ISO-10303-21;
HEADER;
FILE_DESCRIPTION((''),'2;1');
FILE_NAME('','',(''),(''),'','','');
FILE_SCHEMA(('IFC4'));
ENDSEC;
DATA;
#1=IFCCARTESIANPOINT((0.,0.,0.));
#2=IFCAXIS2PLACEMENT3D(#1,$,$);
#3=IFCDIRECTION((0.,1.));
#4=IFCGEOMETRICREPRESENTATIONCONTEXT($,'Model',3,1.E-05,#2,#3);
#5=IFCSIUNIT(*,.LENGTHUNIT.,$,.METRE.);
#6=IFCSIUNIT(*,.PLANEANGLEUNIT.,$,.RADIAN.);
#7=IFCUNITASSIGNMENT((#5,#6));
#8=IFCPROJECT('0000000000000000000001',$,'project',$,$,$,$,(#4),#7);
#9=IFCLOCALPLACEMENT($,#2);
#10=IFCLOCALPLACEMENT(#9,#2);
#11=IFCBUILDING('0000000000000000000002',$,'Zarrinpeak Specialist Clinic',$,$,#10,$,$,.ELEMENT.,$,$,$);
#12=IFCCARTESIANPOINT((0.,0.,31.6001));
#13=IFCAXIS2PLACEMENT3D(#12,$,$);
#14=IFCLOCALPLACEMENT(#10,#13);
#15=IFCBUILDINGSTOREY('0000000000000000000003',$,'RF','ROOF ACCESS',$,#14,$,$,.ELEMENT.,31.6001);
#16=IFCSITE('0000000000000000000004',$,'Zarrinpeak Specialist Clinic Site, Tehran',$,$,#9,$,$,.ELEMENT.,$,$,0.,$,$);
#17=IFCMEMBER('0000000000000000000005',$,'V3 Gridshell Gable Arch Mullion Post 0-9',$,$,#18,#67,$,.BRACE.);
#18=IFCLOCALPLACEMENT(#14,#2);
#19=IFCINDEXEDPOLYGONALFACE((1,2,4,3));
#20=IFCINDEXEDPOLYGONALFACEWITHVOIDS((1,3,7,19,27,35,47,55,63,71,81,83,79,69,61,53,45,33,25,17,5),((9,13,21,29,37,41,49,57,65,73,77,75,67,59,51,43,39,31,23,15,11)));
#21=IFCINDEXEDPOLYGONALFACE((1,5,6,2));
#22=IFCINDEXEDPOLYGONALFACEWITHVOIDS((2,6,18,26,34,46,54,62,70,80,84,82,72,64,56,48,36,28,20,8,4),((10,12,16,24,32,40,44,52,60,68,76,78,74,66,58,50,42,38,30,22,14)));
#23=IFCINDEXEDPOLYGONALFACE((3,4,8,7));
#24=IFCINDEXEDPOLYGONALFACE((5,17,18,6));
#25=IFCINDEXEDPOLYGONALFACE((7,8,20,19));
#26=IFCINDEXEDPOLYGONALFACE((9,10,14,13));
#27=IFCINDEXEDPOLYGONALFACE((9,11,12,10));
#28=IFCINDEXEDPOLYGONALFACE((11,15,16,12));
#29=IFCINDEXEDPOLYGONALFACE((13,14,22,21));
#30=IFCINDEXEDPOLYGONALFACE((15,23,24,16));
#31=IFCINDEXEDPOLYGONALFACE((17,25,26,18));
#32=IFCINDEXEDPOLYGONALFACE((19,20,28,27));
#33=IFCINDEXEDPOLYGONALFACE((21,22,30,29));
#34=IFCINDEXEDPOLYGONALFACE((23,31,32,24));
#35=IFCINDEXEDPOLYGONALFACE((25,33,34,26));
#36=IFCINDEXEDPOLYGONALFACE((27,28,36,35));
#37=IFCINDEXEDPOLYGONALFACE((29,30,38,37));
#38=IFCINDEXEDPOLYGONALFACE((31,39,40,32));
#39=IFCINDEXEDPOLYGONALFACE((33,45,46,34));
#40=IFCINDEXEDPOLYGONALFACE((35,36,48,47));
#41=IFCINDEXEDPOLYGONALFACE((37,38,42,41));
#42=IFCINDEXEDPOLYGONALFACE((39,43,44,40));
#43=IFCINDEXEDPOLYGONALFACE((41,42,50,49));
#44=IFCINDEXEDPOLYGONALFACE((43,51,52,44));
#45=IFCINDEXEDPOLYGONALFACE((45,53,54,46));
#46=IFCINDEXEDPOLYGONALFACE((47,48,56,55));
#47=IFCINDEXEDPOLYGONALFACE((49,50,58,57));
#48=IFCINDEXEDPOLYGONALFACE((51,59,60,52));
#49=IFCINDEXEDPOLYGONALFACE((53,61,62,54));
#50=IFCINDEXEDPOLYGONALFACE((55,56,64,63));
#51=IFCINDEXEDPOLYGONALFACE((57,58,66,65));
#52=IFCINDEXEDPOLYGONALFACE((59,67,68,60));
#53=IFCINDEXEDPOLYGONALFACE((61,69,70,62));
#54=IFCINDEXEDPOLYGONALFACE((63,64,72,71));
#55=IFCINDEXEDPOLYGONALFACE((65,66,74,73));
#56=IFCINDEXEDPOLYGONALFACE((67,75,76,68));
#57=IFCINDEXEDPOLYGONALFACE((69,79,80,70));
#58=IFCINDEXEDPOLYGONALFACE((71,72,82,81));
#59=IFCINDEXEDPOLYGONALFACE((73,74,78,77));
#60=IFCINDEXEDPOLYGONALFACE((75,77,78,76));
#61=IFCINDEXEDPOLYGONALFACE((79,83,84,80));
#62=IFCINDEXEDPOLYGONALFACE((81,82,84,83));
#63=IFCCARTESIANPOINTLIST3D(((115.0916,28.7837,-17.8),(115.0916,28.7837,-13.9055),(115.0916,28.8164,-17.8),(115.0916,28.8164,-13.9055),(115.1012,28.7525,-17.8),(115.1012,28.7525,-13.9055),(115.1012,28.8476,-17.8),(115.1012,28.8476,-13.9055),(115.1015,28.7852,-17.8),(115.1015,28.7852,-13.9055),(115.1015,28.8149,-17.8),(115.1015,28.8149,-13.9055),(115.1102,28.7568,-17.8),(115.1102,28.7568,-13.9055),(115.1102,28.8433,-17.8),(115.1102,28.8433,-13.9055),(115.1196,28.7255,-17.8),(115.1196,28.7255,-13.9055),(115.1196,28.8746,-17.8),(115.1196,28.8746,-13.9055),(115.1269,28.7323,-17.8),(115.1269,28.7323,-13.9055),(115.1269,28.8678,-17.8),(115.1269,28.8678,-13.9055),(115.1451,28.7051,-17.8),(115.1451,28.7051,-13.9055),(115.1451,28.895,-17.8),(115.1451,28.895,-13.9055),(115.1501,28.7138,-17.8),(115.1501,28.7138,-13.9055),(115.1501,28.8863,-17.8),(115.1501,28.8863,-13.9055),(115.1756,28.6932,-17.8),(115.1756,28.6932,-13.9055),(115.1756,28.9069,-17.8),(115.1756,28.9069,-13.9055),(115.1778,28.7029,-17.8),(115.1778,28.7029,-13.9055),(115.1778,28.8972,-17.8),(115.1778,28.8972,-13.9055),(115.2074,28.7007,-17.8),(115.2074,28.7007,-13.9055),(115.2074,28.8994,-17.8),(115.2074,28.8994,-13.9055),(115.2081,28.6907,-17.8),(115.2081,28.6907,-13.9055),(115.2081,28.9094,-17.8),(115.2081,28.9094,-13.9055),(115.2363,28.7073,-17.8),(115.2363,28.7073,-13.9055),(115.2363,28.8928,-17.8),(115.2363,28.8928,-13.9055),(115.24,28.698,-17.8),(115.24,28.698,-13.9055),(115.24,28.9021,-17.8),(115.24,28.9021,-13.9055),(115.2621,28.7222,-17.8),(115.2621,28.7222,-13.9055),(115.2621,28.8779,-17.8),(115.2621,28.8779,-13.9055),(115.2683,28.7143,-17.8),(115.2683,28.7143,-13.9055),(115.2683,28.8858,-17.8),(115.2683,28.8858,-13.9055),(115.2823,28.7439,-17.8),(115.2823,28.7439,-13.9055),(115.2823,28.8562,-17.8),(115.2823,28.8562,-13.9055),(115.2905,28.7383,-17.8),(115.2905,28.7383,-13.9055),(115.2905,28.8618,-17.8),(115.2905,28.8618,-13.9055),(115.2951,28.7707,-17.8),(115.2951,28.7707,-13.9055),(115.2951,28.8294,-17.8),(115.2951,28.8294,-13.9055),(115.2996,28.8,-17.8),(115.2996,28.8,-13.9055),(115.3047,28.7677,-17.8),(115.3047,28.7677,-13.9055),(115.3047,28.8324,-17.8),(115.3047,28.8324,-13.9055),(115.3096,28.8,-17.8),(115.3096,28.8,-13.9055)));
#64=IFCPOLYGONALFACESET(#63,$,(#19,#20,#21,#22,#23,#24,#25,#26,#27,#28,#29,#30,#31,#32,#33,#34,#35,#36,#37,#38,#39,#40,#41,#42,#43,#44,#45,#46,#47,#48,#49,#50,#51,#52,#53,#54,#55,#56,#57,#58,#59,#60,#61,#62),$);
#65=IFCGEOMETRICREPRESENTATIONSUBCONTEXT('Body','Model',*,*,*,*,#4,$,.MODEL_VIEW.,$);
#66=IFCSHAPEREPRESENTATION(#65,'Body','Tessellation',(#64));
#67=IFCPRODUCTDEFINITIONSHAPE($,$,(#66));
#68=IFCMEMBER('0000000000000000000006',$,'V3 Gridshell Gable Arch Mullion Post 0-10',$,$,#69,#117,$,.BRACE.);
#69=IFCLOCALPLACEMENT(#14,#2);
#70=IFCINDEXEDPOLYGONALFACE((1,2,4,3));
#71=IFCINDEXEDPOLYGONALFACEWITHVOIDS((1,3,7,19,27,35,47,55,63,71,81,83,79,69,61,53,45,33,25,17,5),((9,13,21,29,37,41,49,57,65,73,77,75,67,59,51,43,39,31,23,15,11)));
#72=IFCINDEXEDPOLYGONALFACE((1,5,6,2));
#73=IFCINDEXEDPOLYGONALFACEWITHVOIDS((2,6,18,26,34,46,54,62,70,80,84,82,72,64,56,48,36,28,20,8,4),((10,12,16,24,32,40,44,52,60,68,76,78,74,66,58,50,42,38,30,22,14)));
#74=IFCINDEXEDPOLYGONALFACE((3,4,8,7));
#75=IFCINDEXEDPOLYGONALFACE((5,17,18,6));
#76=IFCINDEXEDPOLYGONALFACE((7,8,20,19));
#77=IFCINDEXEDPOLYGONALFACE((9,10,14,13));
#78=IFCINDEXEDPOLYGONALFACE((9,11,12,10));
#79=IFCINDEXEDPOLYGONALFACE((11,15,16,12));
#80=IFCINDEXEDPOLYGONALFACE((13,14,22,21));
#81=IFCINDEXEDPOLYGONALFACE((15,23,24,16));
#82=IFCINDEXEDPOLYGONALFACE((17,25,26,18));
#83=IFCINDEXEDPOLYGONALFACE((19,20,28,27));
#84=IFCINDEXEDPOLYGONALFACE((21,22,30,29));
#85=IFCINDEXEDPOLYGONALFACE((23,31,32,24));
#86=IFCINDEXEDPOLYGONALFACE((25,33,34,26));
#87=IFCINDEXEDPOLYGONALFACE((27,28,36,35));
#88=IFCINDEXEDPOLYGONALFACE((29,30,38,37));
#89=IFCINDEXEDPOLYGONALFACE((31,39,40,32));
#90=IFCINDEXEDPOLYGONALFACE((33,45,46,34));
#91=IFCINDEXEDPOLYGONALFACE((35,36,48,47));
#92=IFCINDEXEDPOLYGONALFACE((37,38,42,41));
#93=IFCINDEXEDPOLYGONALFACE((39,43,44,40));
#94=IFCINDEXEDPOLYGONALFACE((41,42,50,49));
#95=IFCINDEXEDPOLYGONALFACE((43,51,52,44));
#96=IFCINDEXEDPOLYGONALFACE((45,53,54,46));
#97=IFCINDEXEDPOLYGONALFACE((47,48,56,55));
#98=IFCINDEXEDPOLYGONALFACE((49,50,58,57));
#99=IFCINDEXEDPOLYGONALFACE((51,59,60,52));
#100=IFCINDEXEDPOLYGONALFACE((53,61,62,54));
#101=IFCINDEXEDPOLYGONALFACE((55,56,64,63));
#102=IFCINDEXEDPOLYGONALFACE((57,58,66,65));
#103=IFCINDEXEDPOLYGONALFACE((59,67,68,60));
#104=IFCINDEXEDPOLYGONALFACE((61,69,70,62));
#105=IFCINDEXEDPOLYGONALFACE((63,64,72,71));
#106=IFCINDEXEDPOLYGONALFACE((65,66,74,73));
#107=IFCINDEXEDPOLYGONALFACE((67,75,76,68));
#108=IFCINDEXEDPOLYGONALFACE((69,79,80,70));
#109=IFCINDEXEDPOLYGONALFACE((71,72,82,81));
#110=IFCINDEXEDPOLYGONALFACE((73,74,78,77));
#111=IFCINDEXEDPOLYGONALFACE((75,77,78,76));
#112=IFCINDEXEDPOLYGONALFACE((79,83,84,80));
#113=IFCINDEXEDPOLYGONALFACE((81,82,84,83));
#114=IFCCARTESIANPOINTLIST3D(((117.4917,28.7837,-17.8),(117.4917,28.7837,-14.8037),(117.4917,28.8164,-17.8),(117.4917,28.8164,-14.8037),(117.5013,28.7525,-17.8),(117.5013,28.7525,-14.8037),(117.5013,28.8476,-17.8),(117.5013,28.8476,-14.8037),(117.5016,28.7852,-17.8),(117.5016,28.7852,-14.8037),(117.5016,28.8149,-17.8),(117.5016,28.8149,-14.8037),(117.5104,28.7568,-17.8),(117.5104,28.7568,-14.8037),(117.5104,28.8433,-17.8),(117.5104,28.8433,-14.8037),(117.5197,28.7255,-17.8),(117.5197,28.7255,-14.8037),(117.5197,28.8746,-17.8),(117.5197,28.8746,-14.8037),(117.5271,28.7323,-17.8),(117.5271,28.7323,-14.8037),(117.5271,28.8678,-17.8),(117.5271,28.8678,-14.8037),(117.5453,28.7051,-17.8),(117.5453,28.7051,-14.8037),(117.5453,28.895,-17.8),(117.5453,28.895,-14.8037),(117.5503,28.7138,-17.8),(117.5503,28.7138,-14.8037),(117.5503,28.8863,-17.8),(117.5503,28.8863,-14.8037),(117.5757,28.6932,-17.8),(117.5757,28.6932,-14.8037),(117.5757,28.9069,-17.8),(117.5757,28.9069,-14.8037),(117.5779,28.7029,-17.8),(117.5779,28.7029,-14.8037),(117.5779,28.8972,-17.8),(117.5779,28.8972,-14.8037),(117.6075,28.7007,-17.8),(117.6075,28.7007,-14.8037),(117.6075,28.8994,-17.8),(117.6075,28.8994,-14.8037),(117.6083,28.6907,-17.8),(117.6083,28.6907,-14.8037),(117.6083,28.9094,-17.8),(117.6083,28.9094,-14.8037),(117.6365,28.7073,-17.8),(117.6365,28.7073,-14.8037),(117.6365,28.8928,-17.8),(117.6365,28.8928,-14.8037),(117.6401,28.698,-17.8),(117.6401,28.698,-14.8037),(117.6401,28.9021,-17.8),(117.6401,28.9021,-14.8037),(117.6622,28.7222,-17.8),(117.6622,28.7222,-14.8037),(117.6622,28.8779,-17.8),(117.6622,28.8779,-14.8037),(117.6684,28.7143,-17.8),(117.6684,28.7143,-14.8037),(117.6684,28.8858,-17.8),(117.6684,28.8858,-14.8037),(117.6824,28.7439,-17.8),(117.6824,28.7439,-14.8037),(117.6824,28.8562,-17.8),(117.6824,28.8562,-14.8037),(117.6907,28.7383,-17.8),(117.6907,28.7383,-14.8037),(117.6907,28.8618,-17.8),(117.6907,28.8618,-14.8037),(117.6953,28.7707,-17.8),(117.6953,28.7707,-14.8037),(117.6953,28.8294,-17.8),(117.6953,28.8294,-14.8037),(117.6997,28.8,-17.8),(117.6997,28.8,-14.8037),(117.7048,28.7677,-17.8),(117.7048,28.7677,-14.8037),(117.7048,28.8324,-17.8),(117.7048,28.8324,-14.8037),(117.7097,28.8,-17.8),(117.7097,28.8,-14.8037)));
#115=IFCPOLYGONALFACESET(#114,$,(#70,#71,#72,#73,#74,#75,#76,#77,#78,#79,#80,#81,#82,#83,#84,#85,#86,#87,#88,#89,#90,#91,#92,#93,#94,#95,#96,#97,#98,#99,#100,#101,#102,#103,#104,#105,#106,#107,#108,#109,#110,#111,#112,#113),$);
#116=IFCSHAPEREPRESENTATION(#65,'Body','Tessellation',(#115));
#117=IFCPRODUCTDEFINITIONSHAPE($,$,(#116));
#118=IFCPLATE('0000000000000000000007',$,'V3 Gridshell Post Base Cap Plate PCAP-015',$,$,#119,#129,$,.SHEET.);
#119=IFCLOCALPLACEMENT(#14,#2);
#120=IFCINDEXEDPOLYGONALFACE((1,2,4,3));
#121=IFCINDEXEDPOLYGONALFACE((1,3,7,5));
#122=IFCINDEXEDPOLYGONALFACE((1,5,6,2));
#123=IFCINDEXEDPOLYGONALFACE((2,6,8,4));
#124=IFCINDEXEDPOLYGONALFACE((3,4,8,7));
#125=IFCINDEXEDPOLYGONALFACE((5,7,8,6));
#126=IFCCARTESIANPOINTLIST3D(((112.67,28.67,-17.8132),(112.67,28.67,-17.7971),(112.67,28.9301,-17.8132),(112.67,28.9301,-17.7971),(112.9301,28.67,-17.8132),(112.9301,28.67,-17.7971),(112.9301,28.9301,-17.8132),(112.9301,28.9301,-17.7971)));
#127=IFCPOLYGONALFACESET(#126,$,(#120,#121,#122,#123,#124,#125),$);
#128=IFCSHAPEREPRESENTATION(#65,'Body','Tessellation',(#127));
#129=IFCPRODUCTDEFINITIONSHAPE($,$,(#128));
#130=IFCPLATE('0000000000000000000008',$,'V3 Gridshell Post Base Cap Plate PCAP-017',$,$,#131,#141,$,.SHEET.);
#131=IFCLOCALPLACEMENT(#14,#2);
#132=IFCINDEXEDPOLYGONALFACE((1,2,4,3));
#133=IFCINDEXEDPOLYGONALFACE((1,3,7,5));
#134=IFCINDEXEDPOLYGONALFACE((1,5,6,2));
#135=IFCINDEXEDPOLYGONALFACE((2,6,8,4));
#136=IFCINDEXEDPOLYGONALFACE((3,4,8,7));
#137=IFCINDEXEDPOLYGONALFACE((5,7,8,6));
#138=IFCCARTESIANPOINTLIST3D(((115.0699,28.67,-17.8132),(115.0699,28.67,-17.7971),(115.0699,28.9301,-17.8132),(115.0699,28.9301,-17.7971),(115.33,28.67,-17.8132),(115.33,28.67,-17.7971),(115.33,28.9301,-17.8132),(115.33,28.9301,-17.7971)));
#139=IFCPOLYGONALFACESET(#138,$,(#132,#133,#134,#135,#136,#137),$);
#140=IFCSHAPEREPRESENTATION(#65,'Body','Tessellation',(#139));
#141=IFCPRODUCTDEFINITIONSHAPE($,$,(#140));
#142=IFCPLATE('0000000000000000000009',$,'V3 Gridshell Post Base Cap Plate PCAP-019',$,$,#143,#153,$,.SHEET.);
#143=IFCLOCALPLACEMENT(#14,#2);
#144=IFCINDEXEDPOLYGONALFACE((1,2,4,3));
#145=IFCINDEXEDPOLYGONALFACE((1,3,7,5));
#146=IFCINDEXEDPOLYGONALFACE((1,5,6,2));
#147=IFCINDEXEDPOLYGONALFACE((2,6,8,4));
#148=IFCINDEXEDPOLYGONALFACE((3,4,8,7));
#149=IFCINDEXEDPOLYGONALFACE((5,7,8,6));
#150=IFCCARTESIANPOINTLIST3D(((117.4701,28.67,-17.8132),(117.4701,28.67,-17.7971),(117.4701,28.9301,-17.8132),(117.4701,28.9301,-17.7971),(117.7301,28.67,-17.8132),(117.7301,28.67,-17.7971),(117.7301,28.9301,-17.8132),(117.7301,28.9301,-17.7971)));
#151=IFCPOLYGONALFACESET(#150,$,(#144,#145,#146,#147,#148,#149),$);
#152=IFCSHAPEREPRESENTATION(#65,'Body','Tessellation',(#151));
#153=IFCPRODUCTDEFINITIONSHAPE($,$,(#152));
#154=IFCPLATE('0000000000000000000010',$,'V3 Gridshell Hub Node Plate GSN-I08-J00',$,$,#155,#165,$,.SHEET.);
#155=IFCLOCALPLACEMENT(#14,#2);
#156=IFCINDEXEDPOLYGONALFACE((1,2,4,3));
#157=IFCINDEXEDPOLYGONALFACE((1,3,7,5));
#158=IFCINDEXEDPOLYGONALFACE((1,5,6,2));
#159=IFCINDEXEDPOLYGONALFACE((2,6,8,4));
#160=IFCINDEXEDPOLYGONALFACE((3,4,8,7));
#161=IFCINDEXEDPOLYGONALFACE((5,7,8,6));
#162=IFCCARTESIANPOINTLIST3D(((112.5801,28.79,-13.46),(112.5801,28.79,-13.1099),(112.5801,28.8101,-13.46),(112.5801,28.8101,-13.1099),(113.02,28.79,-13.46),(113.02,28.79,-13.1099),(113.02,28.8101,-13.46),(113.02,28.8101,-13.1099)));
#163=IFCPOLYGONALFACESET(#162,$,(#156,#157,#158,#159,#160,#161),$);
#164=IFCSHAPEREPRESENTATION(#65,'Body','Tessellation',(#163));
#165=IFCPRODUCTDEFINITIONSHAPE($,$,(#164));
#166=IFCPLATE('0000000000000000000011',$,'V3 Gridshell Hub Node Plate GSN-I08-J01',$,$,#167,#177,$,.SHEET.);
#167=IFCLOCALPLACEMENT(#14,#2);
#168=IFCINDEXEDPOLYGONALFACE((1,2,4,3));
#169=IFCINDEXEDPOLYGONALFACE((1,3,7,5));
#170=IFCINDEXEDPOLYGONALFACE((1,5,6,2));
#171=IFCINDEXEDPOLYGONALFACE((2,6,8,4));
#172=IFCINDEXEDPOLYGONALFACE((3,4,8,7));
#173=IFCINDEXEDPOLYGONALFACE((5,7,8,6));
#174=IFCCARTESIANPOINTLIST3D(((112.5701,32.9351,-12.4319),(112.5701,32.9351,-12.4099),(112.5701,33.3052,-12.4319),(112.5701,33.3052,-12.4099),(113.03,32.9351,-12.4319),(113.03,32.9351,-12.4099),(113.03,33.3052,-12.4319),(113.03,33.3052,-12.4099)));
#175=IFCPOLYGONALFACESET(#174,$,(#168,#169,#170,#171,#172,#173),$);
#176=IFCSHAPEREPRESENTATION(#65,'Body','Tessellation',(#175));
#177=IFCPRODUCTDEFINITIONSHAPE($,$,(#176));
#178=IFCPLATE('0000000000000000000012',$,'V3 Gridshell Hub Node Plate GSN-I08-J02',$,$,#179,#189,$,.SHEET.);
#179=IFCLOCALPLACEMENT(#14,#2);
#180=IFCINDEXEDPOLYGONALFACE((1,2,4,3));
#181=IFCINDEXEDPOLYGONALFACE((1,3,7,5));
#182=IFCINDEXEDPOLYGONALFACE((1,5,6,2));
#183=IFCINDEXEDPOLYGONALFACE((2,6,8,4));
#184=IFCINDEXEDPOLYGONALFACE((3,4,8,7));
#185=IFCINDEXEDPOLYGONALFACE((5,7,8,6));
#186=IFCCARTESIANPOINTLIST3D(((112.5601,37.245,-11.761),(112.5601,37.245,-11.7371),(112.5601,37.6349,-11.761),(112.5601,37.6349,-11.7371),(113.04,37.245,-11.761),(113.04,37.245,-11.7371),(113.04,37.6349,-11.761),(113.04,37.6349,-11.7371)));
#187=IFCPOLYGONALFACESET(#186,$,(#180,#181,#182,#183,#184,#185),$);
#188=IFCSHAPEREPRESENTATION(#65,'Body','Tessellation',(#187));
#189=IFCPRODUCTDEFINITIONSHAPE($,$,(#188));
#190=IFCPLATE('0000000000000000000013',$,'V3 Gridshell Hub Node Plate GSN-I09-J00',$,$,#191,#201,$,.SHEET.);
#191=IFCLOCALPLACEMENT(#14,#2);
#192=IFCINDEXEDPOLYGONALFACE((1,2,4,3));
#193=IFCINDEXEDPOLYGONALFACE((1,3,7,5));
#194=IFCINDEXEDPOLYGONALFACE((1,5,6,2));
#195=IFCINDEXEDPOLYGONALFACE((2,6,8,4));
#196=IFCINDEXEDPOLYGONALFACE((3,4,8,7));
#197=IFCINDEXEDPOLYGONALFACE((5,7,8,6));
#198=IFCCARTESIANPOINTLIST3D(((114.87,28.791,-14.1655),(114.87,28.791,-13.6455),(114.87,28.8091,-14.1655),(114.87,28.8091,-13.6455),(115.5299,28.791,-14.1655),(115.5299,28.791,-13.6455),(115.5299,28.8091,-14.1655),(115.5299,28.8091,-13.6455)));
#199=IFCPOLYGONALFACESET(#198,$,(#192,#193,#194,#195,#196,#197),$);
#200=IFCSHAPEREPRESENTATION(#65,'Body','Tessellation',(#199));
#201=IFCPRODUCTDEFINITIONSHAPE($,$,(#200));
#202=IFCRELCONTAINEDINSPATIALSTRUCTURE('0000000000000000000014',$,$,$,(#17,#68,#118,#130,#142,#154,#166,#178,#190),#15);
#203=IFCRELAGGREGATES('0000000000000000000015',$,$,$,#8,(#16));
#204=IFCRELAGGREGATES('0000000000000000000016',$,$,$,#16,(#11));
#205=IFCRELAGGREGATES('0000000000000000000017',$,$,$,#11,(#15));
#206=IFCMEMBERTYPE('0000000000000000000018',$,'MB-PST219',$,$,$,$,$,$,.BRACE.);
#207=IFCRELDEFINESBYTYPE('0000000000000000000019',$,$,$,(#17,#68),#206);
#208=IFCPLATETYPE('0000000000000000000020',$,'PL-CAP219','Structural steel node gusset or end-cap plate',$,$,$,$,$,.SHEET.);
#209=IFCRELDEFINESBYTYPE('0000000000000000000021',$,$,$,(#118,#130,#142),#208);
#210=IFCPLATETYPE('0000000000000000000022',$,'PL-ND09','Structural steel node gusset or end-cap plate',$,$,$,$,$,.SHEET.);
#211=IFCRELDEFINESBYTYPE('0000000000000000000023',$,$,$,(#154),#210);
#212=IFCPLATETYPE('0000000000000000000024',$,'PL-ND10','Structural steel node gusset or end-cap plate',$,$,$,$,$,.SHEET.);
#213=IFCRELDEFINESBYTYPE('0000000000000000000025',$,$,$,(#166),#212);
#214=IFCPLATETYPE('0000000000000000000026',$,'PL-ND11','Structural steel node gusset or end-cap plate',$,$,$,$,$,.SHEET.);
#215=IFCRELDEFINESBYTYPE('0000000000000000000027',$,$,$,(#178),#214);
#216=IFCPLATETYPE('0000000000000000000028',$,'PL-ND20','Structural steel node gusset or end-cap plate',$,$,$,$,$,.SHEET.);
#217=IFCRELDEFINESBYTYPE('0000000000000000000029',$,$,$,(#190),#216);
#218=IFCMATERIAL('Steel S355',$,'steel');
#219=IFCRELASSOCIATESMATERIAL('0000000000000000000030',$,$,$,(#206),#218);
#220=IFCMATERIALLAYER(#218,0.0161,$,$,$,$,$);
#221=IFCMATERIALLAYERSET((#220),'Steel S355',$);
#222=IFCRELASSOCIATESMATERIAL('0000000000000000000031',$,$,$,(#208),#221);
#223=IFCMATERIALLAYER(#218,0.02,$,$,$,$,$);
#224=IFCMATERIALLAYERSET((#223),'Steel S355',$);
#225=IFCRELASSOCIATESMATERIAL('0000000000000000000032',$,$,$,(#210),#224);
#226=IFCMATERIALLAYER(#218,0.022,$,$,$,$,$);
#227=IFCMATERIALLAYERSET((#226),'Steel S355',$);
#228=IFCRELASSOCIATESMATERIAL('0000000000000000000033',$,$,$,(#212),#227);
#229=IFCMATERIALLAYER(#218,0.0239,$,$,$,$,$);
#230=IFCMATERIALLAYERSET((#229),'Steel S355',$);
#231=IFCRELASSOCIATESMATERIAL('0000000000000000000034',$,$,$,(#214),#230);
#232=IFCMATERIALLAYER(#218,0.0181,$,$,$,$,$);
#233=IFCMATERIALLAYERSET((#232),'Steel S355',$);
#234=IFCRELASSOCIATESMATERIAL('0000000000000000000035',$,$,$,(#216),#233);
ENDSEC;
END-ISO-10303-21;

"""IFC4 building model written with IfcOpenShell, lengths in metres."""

from ifc_helpers import new_model, si_unit, direction, frame, origin, origin_2d, place, context, subcontext, project, spatial, rectangle, hollow_circle, extrude, material, layer, layer_set, material_profile, profile_set, type_object, element, save


model = new_model("IFC4")

# Units and contexts
model_context = context("Model", 3, precision=1e-05, world=origin(), true_north=direction((0.0, 1.0)))
body_context = subcontext(model_context, "Body", "Model", "MODEL_VIEW")
ifc_project = project(units=[si_unit("LENGTHUNIT", "METRE"), si_unit("PLANEANGLEUNIT", "RADIAN")], contexts=[model_context])

# Site, building, storey
site_placement = place(None, origin())
site = spatial("IfcSite", under=ifc_project, at=site_placement, Name="Zarrinpeak Specialist Clinic Site, Tehran", CompositionType="ELEMENT", RefElevation=0.0)
building_placement = place(site_placement, origin())
building = spatial("IfcBuilding", under=site, at=building_placement, Name="Zarrinpeak Specialist Clinic", CompositionType="ELEMENT")
storey_placement = place(building_placement, frame((0.0, 0.0, 31.6001)))
storey = spatial("IfcBuildingStorey", under=building, at=storey_placement, Name="RF", Description="ROOF ACCESS", CompositionType="ELEMENT", Elevation=31.6001)

# Members
ifc_material_1 = material(Name="Steel S355", Category="steel")
ifc_material_profile_1 = material_profile(ifc_material_1, hollow_circle(Radius=0.1096, WallThickness=0.01, at=origin_2d()), Name="CHS 219.1x10.0")
ifc_profile_set_1 = profile_set([ifc_material_profile_1], Name="Steel S355")
member_type_1 = type_object("IfcMemberType", Name="MB-PST219", PredefinedType="BRACE", material=ifc_profile_set_1)
member_1_placement = place(storey_placement, frame((115.2, 28.8, -17.8), z_axis=(0.0, 0.0, 1.0), x_axis=(1.0, 0.0, 0.0)))
element("IfcMember", 1, at=member_1_placement, inside=storey, type_object=member_type_1, Name="V3 Gridshell Gable Arch Mullion Post 0-9", PredefinedType="BRACE", context=body_context, shape_type="SweptSolid", body=[
    extrude(hollow_circle(Radius=0.1096, WallThickness=0.01, at=origin_2d()), origin(), (0.0, 0.0, 1.0), 3.8945),
])
member_2_placement = place(storey_placement, frame((117.6001, 28.8, -17.8), z_axis=(0.0, 0.0, 1.0), x_axis=(1.0, 0.0, 0.0)))
element("IfcMember", 2, at=member_2_placement, inside=storey, type_object=member_type_1, Name="V3 Gridshell Gable Arch Mullion Post 0-10", PredefinedType="BRACE", context=body_context, shape_type="SweptSolid", body=[
    extrude(hollow_circle(Radius=0.1096, WallThickness=0.01, at=origin_2d()), origin(), (0.0, 0.0, 1.0), 2.9963),
])

# Plates
ifc_layer_1 = layer(ifc_material_1, 0.0161)
ifc_layer_set_1 = layer_set([ifc_layer_1], Name="Steel S355")
plate_type_1 = type_object("IfcPlateType", Name="PL-CAP219", Description="Structural steel node gusset or end-cap plate", PredefinedType="SHEET", material=ifc_layer_set_1)
for number, where, z_axis, x_axis, name in (
    (3, (112.8, 28.8, -17.8132), (0.0, 0.0, 1.0), (1.0, 0.0, 0.0), "V3 Gridshell Post Base Cap Plate PCAP-015"),
    (4, (115.2, 28.8, -17.8132), (0.0, 0.0, 1.0), (1.0, 0.0, 0.0), "V3 Gridshell Post Base Cap Plate PCAP-017"),
    (5, (117.6001, 28.8, -17.8132), (0.0, 0.0, 1.0), (1.0, 0.0, 0.0), "V3 Gridshell Post Base Cap Plate PCAP-019"),
):
    element("IfcPlate", number, at=place(storey_placement, frame(where, z_axis=z_axis, x_axis=x_axis)), inside=storey, type_object=plate_type_1, Name=name, PredefinedType="SHEET", context=body_context, shape_type="SweptSolid", body=[
        extrude(rectangle(XDim=0.26, YDim=0.26, at=origin_2d()), origin(), (0.0, 0.0, 1.0), 0.0161),
    ])
ifc_layer_2 = layer(ifc_material_1, 0.02)
ifc_layer_set_2 = layer_set([ifc_layer_2], Name="Steel S355")
plate_type_2 = type_object("IfcPlateType", Name="PL-ND09", Description="Structural steel node gusset or end-cap plate", PredefinedType="SHEET", material=ifc_layer_set_2)
plate_1_placement = place(storey_placement, frame((112.8, 28.8, -13.46), z_axis=(0.0, 0.0, 1.0), x_axis=(1.0, 0.0, 0.0)))
element("IfcPlate", 6, at=plate_1_placement, inside=storey, type_object=plate_type_2, Name="V3 Gridshell Hub Node Plate GSN-I08-J00", PredefinedType="SHEET", context=body_context, shape_type="SweptSolid", body=[
    extrude(rectangle(XDim=0.4399, YDim=0.02, at=origin_2d()), origin(), (0.0, 0.0, 1.0), 0.3501),
])
ifc_layer_3 = layer(ifc_material_1, 0.022)
ifc_layer_set_3 = layer_set([ifc_layer_3], Name="Steel S355")
plate_type_3 = type_object("IfcPlateType", Name="PL-ND10", Description="Structural steel node gusset or end-cap plate", PredefinedType="SHEET", material=ifc_layer_set_3)
plate_2_placement = place(storey_placement, frame((112.8, 33.1201, -12.4319), z_axis=(0.0, 0.0, 1.0), x_axis=(1.0, 0.0, 0.0)))
element("IfcPlate", 7, at=plate_2_placement, inside=storey, type_object=plate_type_3, Name="V3 Gridshell Hub Node Plate GSN-I08-J01", PredefinedType="SHEET", context=body_context, shape_type="SweptSolid", body=[
    extrude(rectangle(XDim=0.46, YDim=0.3701, at=origin_2d()), origin(), (0.0, 0.0, 1.0), 0.022),
])
ifc_layer_4 = layer(ifc_material_1, 0.0239)
ifc_layer_set_4 = layer_set([ifc_layer_4], Name="Steel S355")
plate_type_4 = type_object("IfcPlateType", Name="PL-ND11", Description="Structural steel node gusset or end-cap plate", PredefinedType="SHEET", material=ifc_layer_set_4)
plate_3_placement = place(storey_placement, frame((112.8, 37.4399, -11.761), z_axis=(0.0, 0.0, 1.0), x_axis=(1.0, 0.0, 0.0)))
element("IfcPlate", 8, at=plate_3_placement, inside=storey, type_object=plate_type_4, Name="V3 Gridshell Hub Node Plate GSN-I08-J02", PredefinedType="SHEET", context=body_context, shape_type="SweptSolid", body=[
    extrude(rectangle(XDim=0.48, YDim=0.3899, at=origin_2d()), origin(), (0.0, 0.0, 1.0), 0.0239),
])
ifc_layer_5 = layer(ifc_material_1, 0.0181)
ifc_layer_set_5 = layer_set([ifc_layer_5], Name="Steel S355")
plate_type_5 = type_object("IfcPlateType", Name="PL-ND20", Description="Structural steel node gusset or end-cap plate", PredefinedType="SHEET", material=ifc_layer_set_5)
plate_4_placement = place(storey_placement, frame((115.2, 28.8, -14.1655), z_axis=(0.0, 0.0, 1.0), x_axis=(1.0, 0.0, 0.0)))
element("IfcPlate", 9, at=plate_4_placement, inside=storey, type_object=plate_type_5, Name="V3 Gridshell Hub Node Plate GSN-I09-J00", PredefinedType="SHEET", context=body_context, shape_type="SweptSolid", body=[
    extrude(rectangle(XDim=0.6599, YDim=0.0181, at=origin_2d()), origin(), (0.0, 0.0, 1.0), 0.52),
])

save(model, "model.ifc")
